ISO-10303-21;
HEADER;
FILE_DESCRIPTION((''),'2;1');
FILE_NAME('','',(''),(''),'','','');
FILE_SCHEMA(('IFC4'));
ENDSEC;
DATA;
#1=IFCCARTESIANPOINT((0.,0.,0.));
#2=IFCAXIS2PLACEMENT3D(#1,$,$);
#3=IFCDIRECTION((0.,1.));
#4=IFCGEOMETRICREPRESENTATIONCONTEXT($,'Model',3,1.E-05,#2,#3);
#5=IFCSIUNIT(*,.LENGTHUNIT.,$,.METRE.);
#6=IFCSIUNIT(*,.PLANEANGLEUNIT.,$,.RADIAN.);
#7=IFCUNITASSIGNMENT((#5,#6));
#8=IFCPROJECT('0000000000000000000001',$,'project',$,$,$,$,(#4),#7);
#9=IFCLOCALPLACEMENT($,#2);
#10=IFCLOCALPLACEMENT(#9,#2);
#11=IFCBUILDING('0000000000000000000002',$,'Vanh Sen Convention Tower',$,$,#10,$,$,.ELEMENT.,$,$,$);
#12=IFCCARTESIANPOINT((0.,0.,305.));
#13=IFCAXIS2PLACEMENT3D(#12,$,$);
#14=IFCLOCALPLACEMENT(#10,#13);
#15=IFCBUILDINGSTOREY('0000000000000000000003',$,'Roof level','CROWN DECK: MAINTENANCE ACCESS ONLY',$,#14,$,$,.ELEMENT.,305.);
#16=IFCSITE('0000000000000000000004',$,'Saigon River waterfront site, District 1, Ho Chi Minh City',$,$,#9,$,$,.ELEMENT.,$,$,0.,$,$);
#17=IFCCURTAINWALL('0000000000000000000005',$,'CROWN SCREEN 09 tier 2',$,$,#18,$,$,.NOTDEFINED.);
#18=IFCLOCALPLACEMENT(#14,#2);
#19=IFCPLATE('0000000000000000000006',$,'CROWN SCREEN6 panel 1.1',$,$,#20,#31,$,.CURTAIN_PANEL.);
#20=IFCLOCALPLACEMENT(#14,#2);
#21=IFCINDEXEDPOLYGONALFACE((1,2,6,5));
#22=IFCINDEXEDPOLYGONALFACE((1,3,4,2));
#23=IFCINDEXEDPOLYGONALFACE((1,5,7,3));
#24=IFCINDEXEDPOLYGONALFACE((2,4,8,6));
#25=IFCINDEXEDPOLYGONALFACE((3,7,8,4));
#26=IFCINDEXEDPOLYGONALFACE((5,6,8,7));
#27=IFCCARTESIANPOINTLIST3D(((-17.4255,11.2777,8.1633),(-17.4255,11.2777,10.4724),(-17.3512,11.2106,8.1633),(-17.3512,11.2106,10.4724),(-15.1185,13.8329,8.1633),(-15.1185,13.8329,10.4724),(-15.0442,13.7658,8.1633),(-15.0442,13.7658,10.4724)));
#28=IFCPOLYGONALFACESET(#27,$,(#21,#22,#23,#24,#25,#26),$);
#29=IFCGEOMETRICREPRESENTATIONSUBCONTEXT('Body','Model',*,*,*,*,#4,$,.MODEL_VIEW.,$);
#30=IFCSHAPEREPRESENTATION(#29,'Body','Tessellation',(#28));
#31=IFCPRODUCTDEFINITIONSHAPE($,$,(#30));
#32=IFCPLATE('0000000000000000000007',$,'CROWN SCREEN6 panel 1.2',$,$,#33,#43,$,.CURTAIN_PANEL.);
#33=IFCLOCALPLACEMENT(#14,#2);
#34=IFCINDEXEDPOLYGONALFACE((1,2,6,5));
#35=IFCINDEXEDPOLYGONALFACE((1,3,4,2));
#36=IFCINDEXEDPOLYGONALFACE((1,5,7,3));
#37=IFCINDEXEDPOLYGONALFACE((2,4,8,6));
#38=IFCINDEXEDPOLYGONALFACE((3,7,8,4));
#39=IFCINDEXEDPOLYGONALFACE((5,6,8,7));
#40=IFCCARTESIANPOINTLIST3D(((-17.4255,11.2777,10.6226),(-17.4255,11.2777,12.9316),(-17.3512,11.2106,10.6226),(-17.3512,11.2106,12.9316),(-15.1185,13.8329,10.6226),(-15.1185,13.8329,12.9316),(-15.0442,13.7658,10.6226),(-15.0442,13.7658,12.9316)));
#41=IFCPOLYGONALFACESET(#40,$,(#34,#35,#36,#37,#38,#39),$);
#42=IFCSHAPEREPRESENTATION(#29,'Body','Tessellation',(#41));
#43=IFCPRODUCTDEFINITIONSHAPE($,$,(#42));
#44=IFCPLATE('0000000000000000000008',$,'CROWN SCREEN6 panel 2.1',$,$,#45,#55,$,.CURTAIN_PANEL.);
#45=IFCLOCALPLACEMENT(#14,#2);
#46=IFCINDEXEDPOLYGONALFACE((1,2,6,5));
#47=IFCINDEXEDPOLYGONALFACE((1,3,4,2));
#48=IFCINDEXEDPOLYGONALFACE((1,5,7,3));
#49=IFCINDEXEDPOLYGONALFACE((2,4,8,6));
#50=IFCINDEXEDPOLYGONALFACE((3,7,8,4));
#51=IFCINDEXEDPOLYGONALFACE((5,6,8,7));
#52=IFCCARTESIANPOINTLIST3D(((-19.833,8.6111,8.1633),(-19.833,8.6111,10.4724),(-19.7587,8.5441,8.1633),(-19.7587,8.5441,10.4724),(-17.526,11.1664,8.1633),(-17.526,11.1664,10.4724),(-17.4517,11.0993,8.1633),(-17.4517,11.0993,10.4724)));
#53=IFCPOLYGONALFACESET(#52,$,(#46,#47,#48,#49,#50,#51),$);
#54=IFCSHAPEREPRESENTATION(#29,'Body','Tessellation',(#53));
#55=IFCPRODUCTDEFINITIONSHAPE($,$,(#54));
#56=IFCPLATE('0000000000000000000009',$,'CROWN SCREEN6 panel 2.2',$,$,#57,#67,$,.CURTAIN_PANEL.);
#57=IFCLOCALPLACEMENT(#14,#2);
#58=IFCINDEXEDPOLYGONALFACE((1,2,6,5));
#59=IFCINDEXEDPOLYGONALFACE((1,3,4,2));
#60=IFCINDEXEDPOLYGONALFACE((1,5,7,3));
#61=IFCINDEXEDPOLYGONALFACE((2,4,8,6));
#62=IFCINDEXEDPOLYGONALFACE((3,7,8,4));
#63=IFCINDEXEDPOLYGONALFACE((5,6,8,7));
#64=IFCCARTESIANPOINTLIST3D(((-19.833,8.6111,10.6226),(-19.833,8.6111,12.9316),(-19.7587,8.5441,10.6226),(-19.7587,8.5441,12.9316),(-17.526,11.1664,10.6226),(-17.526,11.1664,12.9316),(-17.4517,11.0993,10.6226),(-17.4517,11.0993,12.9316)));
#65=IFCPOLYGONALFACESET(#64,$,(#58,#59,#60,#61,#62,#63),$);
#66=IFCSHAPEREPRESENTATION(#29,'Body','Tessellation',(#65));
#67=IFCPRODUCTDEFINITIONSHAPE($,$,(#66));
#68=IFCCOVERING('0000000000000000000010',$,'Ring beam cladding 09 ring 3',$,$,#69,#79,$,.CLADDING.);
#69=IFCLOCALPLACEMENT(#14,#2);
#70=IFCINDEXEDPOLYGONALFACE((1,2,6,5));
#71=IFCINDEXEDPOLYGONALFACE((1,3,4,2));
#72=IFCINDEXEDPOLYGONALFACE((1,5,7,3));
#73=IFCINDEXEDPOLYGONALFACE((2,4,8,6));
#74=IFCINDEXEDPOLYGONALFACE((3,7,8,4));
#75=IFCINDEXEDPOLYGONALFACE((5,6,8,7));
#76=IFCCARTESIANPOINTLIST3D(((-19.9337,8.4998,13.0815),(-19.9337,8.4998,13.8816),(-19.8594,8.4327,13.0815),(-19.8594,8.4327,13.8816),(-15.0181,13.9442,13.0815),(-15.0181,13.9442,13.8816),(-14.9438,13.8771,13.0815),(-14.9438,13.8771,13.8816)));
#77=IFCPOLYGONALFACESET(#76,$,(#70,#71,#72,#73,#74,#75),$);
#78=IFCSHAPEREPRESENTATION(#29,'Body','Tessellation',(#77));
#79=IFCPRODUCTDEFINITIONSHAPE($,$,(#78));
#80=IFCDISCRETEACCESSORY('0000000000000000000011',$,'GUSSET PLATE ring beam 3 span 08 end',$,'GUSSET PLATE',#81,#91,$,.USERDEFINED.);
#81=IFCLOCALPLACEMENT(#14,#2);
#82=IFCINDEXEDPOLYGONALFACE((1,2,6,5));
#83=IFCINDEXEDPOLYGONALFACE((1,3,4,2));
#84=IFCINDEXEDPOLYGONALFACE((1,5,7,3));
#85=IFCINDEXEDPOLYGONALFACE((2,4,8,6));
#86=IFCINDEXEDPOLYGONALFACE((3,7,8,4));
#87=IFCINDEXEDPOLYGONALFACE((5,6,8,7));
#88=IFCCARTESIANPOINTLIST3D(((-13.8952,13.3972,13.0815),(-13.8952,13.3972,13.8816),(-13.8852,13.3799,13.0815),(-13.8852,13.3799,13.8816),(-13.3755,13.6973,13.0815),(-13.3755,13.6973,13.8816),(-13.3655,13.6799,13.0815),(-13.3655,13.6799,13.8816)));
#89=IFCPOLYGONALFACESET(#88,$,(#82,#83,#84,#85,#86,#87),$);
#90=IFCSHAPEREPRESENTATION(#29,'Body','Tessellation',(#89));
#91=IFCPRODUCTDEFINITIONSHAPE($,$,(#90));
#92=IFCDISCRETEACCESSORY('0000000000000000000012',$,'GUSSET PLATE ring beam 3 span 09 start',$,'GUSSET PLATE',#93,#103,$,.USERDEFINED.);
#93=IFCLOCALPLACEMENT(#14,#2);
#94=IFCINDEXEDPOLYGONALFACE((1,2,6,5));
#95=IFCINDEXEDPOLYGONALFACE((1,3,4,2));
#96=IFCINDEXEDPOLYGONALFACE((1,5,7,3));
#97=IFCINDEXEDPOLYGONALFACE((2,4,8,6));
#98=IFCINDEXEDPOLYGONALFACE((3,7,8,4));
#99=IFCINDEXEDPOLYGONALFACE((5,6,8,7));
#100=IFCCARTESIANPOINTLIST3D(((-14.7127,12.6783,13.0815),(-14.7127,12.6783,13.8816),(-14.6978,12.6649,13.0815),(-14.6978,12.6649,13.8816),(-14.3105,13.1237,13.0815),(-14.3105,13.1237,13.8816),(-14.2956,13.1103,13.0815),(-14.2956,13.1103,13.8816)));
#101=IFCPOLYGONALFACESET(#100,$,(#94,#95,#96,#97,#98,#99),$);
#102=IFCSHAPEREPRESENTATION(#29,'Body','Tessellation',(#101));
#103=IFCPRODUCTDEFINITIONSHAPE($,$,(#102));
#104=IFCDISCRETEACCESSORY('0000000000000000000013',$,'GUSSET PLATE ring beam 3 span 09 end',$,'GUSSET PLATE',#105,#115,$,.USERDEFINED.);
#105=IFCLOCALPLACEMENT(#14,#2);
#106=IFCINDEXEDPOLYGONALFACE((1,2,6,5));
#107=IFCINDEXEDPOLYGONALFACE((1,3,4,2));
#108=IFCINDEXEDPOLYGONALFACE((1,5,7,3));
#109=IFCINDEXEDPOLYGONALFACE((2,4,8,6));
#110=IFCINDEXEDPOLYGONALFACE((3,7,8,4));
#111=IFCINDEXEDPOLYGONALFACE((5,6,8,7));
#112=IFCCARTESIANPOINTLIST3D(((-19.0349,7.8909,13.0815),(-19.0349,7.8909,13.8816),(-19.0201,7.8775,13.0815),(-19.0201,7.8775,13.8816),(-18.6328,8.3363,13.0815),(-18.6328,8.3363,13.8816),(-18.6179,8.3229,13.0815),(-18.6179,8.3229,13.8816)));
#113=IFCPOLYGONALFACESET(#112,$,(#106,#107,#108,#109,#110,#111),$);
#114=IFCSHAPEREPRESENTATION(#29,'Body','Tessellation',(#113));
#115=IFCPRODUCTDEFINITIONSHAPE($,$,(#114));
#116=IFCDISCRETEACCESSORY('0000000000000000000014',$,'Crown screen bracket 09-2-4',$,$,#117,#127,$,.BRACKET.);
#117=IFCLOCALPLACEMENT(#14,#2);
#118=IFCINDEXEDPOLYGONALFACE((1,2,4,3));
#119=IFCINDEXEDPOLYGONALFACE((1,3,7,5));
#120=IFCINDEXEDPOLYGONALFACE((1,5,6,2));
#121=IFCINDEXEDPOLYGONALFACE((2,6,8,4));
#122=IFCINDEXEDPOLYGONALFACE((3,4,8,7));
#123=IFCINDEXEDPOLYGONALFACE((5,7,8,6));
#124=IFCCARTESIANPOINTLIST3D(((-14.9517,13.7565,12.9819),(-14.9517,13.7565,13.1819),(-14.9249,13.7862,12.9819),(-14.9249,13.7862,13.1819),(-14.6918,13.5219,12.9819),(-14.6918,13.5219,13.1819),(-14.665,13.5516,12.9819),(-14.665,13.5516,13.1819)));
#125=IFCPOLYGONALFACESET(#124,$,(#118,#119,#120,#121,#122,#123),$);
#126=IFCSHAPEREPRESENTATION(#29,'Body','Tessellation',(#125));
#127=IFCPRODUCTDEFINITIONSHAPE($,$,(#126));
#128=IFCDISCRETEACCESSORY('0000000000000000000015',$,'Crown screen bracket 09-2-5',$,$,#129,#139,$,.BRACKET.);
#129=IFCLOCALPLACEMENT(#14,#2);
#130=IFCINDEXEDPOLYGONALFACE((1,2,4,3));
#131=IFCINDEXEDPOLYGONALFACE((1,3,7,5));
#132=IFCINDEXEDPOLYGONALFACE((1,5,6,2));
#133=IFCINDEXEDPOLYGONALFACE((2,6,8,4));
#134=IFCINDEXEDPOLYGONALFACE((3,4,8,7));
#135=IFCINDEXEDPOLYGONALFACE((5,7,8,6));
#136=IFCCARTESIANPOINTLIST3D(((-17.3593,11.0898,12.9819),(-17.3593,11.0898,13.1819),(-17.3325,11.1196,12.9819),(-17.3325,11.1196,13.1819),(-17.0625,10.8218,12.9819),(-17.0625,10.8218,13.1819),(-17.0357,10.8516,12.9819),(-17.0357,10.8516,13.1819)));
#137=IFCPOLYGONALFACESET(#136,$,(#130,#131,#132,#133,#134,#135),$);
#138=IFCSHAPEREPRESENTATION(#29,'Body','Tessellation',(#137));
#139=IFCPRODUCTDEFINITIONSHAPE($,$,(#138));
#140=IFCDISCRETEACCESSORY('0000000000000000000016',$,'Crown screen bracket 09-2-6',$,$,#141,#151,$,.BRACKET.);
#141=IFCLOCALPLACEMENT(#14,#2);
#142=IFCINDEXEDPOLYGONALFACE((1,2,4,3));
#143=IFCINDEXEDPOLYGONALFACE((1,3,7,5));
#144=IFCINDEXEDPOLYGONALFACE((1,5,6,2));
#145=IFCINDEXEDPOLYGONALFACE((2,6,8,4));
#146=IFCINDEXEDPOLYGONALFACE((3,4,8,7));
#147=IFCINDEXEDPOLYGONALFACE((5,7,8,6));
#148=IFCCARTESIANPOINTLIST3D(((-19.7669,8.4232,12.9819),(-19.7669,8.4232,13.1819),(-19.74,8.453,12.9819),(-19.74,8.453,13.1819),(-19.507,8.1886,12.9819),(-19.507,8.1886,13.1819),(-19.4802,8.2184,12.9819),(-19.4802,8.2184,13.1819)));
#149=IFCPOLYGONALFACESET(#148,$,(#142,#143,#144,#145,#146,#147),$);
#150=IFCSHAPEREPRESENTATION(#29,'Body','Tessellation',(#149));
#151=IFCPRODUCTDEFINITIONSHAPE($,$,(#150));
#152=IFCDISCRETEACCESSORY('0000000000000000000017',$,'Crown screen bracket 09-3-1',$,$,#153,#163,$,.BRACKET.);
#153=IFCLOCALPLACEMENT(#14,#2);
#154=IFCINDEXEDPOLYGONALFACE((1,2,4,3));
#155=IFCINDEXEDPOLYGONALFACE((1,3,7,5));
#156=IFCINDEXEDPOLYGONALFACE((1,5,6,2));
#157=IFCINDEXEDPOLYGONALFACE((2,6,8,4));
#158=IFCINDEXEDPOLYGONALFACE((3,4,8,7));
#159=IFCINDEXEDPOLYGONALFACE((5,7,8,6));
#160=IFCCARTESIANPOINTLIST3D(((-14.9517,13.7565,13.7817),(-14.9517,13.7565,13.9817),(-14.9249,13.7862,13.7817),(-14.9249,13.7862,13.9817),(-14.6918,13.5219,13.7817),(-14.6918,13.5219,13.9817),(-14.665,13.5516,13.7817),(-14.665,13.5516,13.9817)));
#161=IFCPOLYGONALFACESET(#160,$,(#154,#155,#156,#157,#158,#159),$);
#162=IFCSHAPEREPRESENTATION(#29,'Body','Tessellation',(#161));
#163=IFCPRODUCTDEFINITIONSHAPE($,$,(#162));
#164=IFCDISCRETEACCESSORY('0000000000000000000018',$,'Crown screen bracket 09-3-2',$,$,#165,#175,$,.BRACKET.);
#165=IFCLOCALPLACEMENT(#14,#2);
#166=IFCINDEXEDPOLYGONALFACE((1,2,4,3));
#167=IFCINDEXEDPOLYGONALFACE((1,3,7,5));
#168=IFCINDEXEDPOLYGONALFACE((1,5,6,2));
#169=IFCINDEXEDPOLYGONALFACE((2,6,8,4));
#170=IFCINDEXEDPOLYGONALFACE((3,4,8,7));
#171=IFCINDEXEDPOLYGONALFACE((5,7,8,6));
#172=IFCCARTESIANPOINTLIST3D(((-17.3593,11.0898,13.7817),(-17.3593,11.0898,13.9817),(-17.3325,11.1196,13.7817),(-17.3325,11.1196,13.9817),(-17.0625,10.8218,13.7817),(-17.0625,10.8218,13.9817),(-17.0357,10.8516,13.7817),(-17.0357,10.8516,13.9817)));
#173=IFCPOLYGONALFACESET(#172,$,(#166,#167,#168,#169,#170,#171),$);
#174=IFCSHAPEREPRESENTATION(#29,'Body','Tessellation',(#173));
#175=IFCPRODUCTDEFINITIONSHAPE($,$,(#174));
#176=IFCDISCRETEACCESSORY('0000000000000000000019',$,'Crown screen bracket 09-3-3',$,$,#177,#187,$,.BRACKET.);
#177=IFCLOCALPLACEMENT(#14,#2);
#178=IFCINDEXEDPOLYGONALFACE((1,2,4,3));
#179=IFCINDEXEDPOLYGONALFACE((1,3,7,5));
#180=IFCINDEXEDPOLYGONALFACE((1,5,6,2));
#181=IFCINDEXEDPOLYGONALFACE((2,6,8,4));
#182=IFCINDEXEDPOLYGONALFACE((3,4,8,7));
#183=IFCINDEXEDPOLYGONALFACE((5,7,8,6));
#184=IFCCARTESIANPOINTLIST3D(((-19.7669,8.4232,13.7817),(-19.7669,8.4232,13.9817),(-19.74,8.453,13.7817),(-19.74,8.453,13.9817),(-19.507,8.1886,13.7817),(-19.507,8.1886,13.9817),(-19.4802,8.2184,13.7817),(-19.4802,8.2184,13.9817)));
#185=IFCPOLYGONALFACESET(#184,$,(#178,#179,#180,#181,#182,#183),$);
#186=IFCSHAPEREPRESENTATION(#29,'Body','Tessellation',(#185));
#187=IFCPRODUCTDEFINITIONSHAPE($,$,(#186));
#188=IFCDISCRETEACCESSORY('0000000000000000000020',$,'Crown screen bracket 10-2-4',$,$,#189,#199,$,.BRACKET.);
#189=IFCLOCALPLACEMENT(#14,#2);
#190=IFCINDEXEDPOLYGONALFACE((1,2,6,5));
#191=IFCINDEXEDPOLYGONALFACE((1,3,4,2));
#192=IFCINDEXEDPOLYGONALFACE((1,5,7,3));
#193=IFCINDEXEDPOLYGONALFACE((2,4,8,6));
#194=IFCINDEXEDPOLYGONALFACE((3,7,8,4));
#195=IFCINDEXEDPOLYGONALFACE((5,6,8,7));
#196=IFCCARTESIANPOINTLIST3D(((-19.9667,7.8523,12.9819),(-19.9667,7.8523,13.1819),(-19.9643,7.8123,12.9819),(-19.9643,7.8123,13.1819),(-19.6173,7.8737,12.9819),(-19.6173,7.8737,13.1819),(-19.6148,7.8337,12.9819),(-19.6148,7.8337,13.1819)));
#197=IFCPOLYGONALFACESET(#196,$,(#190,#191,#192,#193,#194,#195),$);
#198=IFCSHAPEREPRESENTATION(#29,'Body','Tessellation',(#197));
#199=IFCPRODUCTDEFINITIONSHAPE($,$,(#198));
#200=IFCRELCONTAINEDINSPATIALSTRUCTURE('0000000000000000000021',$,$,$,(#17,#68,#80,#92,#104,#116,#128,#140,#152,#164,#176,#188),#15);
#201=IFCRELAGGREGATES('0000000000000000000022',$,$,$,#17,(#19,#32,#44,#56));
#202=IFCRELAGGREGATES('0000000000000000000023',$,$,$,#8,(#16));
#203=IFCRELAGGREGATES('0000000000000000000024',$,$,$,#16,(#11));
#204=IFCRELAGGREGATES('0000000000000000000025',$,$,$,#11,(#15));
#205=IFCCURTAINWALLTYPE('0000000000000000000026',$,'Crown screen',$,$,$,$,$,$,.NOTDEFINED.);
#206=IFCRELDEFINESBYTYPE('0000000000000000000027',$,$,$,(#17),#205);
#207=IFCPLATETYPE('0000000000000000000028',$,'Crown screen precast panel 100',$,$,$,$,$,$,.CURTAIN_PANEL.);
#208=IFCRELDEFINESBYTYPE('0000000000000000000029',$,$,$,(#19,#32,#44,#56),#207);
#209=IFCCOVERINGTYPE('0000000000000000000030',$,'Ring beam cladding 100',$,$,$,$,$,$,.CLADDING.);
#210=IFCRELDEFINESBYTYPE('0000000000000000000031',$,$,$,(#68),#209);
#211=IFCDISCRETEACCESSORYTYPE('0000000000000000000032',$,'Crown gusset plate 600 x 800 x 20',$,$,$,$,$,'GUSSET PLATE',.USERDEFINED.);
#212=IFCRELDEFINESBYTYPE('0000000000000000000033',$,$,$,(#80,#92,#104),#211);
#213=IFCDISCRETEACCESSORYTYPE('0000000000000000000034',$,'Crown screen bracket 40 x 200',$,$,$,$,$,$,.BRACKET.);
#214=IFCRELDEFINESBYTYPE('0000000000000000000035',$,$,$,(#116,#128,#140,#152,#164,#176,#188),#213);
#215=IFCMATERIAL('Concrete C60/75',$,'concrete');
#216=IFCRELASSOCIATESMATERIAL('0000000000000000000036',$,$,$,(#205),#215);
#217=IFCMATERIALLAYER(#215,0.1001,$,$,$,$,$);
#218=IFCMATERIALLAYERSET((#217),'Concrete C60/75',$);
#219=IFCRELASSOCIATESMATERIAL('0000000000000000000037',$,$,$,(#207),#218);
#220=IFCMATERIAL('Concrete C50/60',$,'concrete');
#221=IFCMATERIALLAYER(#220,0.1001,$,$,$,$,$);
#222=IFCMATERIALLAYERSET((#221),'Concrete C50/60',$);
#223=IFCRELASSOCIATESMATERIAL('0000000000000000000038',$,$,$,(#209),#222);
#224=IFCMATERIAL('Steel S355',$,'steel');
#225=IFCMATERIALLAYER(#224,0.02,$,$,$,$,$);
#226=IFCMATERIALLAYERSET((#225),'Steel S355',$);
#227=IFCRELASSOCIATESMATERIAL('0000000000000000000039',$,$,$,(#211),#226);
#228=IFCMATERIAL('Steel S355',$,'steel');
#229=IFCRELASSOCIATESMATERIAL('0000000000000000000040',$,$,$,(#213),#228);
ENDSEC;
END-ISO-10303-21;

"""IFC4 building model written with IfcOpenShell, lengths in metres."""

from ifc_helpers import new_model, si_unit, direction, frame, origin, origin_2d, place, context, subcontext, project, spatial, rectangle, extrude, material, layer, layer_set, type_object, element, aggregate, save


model = new_model("IFC4")

# Units and contexts
model_context = context("Model", 3, precision=1e-05, world=origin(), true_north=direction((0.0, 1.0)))
body_context = subcontext(model_context, "Body", "Model", "MODEL_VIEW")
ifc_project = project(units=[si_unit("LENGTHUNIT", "METRE"), si_unit("PLANEANGLEUNIT", "RADIAN")], contexts=[model_context])

# Site, building, storey
site_placement = place(None, origin())
site = spatial("IfcSite", under=ifc_project, at=site_placement, Name="Saigon River waterfront site, District 1, Ho Chi Minh City", CompositionType="ELEMENT", RefElevation=0.0)
building_placement = place(site_placement, origin())
building = spatial("IfcBuilding", under=site, at=building_placement, Name="Vanh Sen Convention Tower", CompositionType="ELEMENT")
storey_placement = place(building_placement, frame((0.0, 0.0, 305.0)))
storey = spatial("IfcBuildingStorey", under=building, at=storey_placement, Name="Roof level", Description="CROWN DECK: MAINTENANCE ACCESS ONLY", CompositionType="ELEMENT", Elevation=305.0)

# Curtain wall
ifc_material_1 = material(Name="Concrete C60/75", Category="concrete")
curtain_wall_type = type_object("IfcCurtainWallType", Name="Crown screen", PredefinedType="NOTDEFINED", material=ifc_material_1)
curtain_wall_1_placement = place(storey_placement, origin())
curtain_wall_1 = element("IfcCurtainWall", 1, at=curtain_wall_1_placement, inside=storey, type_object=curtain_wall_type, Name="CROWN SCREEN 09 tier 2", PredefinedType="NOTDEFINED")

# Plates
ifc_layer_1 = layer(ifc_material_1, 0.1001)
ifc_layer_set_1 = layer_set([ifc_layer_1], Name="Concrete C60/75")
plate_type = type_object("IfcPlateType", Name="Crown screen precast panel 100", PredefinedType="CURTAIN_PANEL", material=ifc_layer_set_1)
plate_1_placement = place(storey_placement, frame((-16.2349, 12.5217, 8.1633), z_axis=(0.0, 0.0, 1.0), x_axis=(-0.670143, -0.742232, 0.0)))
plate_1 = element("IfcPlate", 2, at=plate_1_placement, type_object=plate_type, Name="CROWN SCREEN6 panel 1.1", PredefinedType="CURTAIN_PANEL", context=body_context, shape_type="SweptSolid", body=[
    extrude(rectangle(XDim=3.4426, YDim=0.1001, at=origin_2d()), origin(), (0.0, 0.0, 1.0), 2.3091),
])
plate_2_placement = place(storey_placement, frame((-16.2349, 12.5217, 10.6226), z_axis=(0.0, 0.0, 1.0), x_axis=(-0.670143, -0.742232, 0.0)))
plate_2 = element("IfcPlate", 3, at=plate_2_placement, type_object=plate_type, Name="CROWN SCREEN6 panel 1.2", PredefinedType="CURTAIN_PANEL", context=body_context, shape_type="SweptSolid", body=[
    extrude(rectangle(XDim=3.4426, YDim=0.1001, at=origin_2d()), origin(), (0.0, 0.0, 1.0), 2.3091),
])
plate_3_placement = place(storey_placement, frame((-18.6423, 9.8552, 8.1633), z_axis=(0.0, 0.0, 1.0), x_axis=(-0.670143, -0.742232, 0.0)))
plate_3 = element("IfcPlate", 4, at=plate_3_placement, type_object=plate_type, Name="CROWN SCREEN6 panel 2.1", PredefinedType="CURTAIN_PANEL", context=body_context, shape_type="SweptSolid", body=[
    extrude(rectangle(XDim=3.4426, YDim=0.1001, at=origin_2d()), origin(), (0.0, 0.0, 1.0), 2.3091),
])
plate_4_placement = place(storey_placement, frame((-18.6423, 9.8552, 10.6226), z_axis=(0.0, 0.0, 1.0), x_axis=(-0.670143, -0.742232, 0.0)))
plate_4 = element("IfcPlate", 5, at=plate_4_placement, type_object=plate_type, Name="CROWN SCREEN6 panel 2.2", PredefinedType="CURTAIN_PANEL", context=body_context, shape_type="SweptSolid", body=[
    extrude(rectangle(XDim=3.4426, YDim=0.1001, at=origin_2d()), origin(), (0.0, 0.0, 1.0), 2.3091),
])
aggregate(curtain_wall_1, [plate_1, plate_2, plate_3, plate_4])

# Covering
ifc_material_2 = material(Name="Concrete C50/60", Category="concrete")
ifc_layer_2 = layer(ifc_material_2, 0.1001)
ifc_layer_set_2 = layer_set([ifc_layer_2], Name="Concrete C50/60")
covering_type = type_object("IfcCoveringType", Name="Ring beam cladding 100", PredefinedType="CLADDING", material=ifc_layer_set_2)
covering_placement = place(storey_placement, frame((-17.4387, 11.1885, 13.0815), z_axis=(0.0, 0.0, 1.0), x_axis=(-0.670143, -0.742232, 0.0)))
element("IfcCovering", 6, at=covering_placement, inside=storey, type_object=covering_type, Name="Ring beam cladding 09 ring 3", PredefinedType="CLADDING", context=body_context, shape_type="SweptSolid", body=[
    extrude(rectangle(XDim=7.3352, YDim=0.1001, at=origin_2d()), origin(), (0.0, 0.0, 1.0), 0.8),
])

# Discrete accessories
ifc_material_3 = material(Name="Steel S355", Category="steel")
ifc_layer_3 = layer(ifc_material_3, 0.02)
ifc_layer_set_3 = layer_set([ifc_layer_3], Name="Steel S355")
discrete_accessory_type_1 = type_object("IfcDiscreteAccessoryType", Name="Crown gusset plate 600 x 800 x 20", ElementType="GUSSET PLATE", PredefinedType="USERDEFINED", material=ifc_layer_set_3)
for number, where, z_axis, x_axis, name in (
    (7, (-13.6304, 13.5386, 13.0815), (0.0, 0.0, 1.0), (0.866023, 0.500005, 0.0), "GUSSET PLATE ring beam 3 span 08 end"),
    (8, (-14.5042, 12.8943, 13.0815), (0.0, 0.0, 1.0), (-0.670143, -0.742232, 0.0), "GUSSET PLATE ring beam 3 span 09 start"),
    (9, (-18.8264, 8.1069, 13.0815), (0.0, 0.0, 1.0), (0.670143, 0.742232, 0.0), "GUSSET PLATE ring beam 3 span 09 end"),
):
    element("IfcDiscreteAccessory", number, at=place(storey_placement, frame(where, z_axis=z_axis, x_axis=x_axis)), inside=storey, type_object=discrete_accessory_type_1, Name=name, ObjectType="GUSSET PLATE", PredefinedType="USERDEFINED", context=body_context, shape_type="SweptSolid", body=[
        extrude(rectangle(XDim=0.6001, YDim=0.02, at=origin_2d()), origin(), (0.0, 0.0, 1.0), 0.8),
    ])
ifc_material_4 = material(Name="Steel S355", Category="steel")
discrete_accessory_type_2 = type_object("IfcDiscreteAccessoryType", Name="Crown screen bracket 40 x 200", PredefinedType="BRACKET", material=ifc_material_4)
discrete_accessory_1_placement = place(storey_placement, frame((-14.8083, 13.6541, 12.9819), z_axis=(0.0, 0.0, 1.0), x_axis=(-0.742232, 0.670143, 0.0)))
element("IfcDiscreteAccessory", 10, at=discrete_accessory_1_placement, inside=storey, type_object=discrete_accessory_type_2, Name="Crown screen bracket 09-2-4", PredefinedType="BRACKET", context=body_context, shape_type="SweptSolid", body=[
    extrude(rectangle(XDim=0.3501, YDim=0.04, at=origin_2d()), origin(), (0.0, 0.0, 1.0), 0.2),
])
discrete_accessory_2_placement = place(storey_placement, frame((-17.1975, 10.9707, 12.9819), z_axis=(0.0, 0.0, 1.0), x_axis=(-0.742232, 0.670143, 0.0)))
element("IfcDiscreteAccessory", 11, at=discrete_accessory_2_placement, inside=storey, type_object=discrete_accessory_type_2, Name="Crown screen bracket 09-2-5", PredefinedType="BRACKET", context=body_context, shape_type="SweptSolid", body=[
    extrude(rectangle(XDim=0.3999, YDim=0.04, at=origin_2d()), origin(), (0.0, 0.0, 1.0), 0.2),
])
for number, where, z_axis, x_axis, name in (
    (12, (-19.6235, 8.3208, 12.9819), (0.0, 0.0, 1.0), (-0.742232, 0.670143, 0.0), "Crown screen bracket 09-2-6"),
    (13, (-14.8083, 13.6541, 13.7817), (0.0, 0.0, 1.0), (-0.742232, 0.670143, 0.0), "Crown screen bracket 09-3-1"),
):
    element("IfcDiscreteAccessory", number, at=place(storey_placement, frame(where, z_axis=z_axis, x_axis=x_axis)), inside=storey, type_object=discrete_accessory_type_2, Name=name, PredefinedType="BRACKET", context=body_context, shape_type="SweptSolid", body=[
        extrude(rectangle(XDim=0.3501, YDim=0.04, at=origin_2d()), origin(), (0.0, 0.0, 1.0), 0.2),
    ])
discrete_accessory_3_placement = place(storey_placement, frame((-17.1975, 10.9707, 13.7817), z_axis=(0.0, 0.0, 1.0), x_axis=(-0.742232, 0.670143, 0.0)))
element("IfcDiscreteAccessory", 14, at=discrete_accessory_3_placement, inside=storey, type_object=discrete_accessory_type_2, Name="Crown screen bracket 09-3-2", PredefinedType="BRACKET", context=body_context, shape_type="SweptSolid", body=[
    extrude(rectangle(XDim=0.3999, YDim=0.04, at=origin_2d()), origin(), (0.0, 0.0, 1.0), 0.2),
])
for number, where, z_axis, x_axis, name in (
    (15, (-19.6235, 8.3208, 13.7817), (0.0, 0.0, 1.0), (-0.742232, 0.670143, 0.0), "Crown screen bracket 09-3-3"),
    (16, (-19.7908, 7.843, 12.9819), (0.0, 0.0, 1.0), (-0.998135, -0.06105, 0.0), "Crown screen bracket 10-2-4"),
):
    element("IfcDiscreteAccessory", number, at=place(storey_placement, frame(where, z_axis=z_axis, x_axis=x_axis)), inside=storey, type_object=discrete_accessory_type_2, Name=name, PredefinedType="BRACKET", context=body_context, shape_type="SweptSolid", body=[
        extrude(rectangle(XDim=0.3501, YDim=0.04, at=origin_2d()), origin(), (0.0, 0.0, 1.0), 0.2),
    ])

save(model, "model.ifc")
